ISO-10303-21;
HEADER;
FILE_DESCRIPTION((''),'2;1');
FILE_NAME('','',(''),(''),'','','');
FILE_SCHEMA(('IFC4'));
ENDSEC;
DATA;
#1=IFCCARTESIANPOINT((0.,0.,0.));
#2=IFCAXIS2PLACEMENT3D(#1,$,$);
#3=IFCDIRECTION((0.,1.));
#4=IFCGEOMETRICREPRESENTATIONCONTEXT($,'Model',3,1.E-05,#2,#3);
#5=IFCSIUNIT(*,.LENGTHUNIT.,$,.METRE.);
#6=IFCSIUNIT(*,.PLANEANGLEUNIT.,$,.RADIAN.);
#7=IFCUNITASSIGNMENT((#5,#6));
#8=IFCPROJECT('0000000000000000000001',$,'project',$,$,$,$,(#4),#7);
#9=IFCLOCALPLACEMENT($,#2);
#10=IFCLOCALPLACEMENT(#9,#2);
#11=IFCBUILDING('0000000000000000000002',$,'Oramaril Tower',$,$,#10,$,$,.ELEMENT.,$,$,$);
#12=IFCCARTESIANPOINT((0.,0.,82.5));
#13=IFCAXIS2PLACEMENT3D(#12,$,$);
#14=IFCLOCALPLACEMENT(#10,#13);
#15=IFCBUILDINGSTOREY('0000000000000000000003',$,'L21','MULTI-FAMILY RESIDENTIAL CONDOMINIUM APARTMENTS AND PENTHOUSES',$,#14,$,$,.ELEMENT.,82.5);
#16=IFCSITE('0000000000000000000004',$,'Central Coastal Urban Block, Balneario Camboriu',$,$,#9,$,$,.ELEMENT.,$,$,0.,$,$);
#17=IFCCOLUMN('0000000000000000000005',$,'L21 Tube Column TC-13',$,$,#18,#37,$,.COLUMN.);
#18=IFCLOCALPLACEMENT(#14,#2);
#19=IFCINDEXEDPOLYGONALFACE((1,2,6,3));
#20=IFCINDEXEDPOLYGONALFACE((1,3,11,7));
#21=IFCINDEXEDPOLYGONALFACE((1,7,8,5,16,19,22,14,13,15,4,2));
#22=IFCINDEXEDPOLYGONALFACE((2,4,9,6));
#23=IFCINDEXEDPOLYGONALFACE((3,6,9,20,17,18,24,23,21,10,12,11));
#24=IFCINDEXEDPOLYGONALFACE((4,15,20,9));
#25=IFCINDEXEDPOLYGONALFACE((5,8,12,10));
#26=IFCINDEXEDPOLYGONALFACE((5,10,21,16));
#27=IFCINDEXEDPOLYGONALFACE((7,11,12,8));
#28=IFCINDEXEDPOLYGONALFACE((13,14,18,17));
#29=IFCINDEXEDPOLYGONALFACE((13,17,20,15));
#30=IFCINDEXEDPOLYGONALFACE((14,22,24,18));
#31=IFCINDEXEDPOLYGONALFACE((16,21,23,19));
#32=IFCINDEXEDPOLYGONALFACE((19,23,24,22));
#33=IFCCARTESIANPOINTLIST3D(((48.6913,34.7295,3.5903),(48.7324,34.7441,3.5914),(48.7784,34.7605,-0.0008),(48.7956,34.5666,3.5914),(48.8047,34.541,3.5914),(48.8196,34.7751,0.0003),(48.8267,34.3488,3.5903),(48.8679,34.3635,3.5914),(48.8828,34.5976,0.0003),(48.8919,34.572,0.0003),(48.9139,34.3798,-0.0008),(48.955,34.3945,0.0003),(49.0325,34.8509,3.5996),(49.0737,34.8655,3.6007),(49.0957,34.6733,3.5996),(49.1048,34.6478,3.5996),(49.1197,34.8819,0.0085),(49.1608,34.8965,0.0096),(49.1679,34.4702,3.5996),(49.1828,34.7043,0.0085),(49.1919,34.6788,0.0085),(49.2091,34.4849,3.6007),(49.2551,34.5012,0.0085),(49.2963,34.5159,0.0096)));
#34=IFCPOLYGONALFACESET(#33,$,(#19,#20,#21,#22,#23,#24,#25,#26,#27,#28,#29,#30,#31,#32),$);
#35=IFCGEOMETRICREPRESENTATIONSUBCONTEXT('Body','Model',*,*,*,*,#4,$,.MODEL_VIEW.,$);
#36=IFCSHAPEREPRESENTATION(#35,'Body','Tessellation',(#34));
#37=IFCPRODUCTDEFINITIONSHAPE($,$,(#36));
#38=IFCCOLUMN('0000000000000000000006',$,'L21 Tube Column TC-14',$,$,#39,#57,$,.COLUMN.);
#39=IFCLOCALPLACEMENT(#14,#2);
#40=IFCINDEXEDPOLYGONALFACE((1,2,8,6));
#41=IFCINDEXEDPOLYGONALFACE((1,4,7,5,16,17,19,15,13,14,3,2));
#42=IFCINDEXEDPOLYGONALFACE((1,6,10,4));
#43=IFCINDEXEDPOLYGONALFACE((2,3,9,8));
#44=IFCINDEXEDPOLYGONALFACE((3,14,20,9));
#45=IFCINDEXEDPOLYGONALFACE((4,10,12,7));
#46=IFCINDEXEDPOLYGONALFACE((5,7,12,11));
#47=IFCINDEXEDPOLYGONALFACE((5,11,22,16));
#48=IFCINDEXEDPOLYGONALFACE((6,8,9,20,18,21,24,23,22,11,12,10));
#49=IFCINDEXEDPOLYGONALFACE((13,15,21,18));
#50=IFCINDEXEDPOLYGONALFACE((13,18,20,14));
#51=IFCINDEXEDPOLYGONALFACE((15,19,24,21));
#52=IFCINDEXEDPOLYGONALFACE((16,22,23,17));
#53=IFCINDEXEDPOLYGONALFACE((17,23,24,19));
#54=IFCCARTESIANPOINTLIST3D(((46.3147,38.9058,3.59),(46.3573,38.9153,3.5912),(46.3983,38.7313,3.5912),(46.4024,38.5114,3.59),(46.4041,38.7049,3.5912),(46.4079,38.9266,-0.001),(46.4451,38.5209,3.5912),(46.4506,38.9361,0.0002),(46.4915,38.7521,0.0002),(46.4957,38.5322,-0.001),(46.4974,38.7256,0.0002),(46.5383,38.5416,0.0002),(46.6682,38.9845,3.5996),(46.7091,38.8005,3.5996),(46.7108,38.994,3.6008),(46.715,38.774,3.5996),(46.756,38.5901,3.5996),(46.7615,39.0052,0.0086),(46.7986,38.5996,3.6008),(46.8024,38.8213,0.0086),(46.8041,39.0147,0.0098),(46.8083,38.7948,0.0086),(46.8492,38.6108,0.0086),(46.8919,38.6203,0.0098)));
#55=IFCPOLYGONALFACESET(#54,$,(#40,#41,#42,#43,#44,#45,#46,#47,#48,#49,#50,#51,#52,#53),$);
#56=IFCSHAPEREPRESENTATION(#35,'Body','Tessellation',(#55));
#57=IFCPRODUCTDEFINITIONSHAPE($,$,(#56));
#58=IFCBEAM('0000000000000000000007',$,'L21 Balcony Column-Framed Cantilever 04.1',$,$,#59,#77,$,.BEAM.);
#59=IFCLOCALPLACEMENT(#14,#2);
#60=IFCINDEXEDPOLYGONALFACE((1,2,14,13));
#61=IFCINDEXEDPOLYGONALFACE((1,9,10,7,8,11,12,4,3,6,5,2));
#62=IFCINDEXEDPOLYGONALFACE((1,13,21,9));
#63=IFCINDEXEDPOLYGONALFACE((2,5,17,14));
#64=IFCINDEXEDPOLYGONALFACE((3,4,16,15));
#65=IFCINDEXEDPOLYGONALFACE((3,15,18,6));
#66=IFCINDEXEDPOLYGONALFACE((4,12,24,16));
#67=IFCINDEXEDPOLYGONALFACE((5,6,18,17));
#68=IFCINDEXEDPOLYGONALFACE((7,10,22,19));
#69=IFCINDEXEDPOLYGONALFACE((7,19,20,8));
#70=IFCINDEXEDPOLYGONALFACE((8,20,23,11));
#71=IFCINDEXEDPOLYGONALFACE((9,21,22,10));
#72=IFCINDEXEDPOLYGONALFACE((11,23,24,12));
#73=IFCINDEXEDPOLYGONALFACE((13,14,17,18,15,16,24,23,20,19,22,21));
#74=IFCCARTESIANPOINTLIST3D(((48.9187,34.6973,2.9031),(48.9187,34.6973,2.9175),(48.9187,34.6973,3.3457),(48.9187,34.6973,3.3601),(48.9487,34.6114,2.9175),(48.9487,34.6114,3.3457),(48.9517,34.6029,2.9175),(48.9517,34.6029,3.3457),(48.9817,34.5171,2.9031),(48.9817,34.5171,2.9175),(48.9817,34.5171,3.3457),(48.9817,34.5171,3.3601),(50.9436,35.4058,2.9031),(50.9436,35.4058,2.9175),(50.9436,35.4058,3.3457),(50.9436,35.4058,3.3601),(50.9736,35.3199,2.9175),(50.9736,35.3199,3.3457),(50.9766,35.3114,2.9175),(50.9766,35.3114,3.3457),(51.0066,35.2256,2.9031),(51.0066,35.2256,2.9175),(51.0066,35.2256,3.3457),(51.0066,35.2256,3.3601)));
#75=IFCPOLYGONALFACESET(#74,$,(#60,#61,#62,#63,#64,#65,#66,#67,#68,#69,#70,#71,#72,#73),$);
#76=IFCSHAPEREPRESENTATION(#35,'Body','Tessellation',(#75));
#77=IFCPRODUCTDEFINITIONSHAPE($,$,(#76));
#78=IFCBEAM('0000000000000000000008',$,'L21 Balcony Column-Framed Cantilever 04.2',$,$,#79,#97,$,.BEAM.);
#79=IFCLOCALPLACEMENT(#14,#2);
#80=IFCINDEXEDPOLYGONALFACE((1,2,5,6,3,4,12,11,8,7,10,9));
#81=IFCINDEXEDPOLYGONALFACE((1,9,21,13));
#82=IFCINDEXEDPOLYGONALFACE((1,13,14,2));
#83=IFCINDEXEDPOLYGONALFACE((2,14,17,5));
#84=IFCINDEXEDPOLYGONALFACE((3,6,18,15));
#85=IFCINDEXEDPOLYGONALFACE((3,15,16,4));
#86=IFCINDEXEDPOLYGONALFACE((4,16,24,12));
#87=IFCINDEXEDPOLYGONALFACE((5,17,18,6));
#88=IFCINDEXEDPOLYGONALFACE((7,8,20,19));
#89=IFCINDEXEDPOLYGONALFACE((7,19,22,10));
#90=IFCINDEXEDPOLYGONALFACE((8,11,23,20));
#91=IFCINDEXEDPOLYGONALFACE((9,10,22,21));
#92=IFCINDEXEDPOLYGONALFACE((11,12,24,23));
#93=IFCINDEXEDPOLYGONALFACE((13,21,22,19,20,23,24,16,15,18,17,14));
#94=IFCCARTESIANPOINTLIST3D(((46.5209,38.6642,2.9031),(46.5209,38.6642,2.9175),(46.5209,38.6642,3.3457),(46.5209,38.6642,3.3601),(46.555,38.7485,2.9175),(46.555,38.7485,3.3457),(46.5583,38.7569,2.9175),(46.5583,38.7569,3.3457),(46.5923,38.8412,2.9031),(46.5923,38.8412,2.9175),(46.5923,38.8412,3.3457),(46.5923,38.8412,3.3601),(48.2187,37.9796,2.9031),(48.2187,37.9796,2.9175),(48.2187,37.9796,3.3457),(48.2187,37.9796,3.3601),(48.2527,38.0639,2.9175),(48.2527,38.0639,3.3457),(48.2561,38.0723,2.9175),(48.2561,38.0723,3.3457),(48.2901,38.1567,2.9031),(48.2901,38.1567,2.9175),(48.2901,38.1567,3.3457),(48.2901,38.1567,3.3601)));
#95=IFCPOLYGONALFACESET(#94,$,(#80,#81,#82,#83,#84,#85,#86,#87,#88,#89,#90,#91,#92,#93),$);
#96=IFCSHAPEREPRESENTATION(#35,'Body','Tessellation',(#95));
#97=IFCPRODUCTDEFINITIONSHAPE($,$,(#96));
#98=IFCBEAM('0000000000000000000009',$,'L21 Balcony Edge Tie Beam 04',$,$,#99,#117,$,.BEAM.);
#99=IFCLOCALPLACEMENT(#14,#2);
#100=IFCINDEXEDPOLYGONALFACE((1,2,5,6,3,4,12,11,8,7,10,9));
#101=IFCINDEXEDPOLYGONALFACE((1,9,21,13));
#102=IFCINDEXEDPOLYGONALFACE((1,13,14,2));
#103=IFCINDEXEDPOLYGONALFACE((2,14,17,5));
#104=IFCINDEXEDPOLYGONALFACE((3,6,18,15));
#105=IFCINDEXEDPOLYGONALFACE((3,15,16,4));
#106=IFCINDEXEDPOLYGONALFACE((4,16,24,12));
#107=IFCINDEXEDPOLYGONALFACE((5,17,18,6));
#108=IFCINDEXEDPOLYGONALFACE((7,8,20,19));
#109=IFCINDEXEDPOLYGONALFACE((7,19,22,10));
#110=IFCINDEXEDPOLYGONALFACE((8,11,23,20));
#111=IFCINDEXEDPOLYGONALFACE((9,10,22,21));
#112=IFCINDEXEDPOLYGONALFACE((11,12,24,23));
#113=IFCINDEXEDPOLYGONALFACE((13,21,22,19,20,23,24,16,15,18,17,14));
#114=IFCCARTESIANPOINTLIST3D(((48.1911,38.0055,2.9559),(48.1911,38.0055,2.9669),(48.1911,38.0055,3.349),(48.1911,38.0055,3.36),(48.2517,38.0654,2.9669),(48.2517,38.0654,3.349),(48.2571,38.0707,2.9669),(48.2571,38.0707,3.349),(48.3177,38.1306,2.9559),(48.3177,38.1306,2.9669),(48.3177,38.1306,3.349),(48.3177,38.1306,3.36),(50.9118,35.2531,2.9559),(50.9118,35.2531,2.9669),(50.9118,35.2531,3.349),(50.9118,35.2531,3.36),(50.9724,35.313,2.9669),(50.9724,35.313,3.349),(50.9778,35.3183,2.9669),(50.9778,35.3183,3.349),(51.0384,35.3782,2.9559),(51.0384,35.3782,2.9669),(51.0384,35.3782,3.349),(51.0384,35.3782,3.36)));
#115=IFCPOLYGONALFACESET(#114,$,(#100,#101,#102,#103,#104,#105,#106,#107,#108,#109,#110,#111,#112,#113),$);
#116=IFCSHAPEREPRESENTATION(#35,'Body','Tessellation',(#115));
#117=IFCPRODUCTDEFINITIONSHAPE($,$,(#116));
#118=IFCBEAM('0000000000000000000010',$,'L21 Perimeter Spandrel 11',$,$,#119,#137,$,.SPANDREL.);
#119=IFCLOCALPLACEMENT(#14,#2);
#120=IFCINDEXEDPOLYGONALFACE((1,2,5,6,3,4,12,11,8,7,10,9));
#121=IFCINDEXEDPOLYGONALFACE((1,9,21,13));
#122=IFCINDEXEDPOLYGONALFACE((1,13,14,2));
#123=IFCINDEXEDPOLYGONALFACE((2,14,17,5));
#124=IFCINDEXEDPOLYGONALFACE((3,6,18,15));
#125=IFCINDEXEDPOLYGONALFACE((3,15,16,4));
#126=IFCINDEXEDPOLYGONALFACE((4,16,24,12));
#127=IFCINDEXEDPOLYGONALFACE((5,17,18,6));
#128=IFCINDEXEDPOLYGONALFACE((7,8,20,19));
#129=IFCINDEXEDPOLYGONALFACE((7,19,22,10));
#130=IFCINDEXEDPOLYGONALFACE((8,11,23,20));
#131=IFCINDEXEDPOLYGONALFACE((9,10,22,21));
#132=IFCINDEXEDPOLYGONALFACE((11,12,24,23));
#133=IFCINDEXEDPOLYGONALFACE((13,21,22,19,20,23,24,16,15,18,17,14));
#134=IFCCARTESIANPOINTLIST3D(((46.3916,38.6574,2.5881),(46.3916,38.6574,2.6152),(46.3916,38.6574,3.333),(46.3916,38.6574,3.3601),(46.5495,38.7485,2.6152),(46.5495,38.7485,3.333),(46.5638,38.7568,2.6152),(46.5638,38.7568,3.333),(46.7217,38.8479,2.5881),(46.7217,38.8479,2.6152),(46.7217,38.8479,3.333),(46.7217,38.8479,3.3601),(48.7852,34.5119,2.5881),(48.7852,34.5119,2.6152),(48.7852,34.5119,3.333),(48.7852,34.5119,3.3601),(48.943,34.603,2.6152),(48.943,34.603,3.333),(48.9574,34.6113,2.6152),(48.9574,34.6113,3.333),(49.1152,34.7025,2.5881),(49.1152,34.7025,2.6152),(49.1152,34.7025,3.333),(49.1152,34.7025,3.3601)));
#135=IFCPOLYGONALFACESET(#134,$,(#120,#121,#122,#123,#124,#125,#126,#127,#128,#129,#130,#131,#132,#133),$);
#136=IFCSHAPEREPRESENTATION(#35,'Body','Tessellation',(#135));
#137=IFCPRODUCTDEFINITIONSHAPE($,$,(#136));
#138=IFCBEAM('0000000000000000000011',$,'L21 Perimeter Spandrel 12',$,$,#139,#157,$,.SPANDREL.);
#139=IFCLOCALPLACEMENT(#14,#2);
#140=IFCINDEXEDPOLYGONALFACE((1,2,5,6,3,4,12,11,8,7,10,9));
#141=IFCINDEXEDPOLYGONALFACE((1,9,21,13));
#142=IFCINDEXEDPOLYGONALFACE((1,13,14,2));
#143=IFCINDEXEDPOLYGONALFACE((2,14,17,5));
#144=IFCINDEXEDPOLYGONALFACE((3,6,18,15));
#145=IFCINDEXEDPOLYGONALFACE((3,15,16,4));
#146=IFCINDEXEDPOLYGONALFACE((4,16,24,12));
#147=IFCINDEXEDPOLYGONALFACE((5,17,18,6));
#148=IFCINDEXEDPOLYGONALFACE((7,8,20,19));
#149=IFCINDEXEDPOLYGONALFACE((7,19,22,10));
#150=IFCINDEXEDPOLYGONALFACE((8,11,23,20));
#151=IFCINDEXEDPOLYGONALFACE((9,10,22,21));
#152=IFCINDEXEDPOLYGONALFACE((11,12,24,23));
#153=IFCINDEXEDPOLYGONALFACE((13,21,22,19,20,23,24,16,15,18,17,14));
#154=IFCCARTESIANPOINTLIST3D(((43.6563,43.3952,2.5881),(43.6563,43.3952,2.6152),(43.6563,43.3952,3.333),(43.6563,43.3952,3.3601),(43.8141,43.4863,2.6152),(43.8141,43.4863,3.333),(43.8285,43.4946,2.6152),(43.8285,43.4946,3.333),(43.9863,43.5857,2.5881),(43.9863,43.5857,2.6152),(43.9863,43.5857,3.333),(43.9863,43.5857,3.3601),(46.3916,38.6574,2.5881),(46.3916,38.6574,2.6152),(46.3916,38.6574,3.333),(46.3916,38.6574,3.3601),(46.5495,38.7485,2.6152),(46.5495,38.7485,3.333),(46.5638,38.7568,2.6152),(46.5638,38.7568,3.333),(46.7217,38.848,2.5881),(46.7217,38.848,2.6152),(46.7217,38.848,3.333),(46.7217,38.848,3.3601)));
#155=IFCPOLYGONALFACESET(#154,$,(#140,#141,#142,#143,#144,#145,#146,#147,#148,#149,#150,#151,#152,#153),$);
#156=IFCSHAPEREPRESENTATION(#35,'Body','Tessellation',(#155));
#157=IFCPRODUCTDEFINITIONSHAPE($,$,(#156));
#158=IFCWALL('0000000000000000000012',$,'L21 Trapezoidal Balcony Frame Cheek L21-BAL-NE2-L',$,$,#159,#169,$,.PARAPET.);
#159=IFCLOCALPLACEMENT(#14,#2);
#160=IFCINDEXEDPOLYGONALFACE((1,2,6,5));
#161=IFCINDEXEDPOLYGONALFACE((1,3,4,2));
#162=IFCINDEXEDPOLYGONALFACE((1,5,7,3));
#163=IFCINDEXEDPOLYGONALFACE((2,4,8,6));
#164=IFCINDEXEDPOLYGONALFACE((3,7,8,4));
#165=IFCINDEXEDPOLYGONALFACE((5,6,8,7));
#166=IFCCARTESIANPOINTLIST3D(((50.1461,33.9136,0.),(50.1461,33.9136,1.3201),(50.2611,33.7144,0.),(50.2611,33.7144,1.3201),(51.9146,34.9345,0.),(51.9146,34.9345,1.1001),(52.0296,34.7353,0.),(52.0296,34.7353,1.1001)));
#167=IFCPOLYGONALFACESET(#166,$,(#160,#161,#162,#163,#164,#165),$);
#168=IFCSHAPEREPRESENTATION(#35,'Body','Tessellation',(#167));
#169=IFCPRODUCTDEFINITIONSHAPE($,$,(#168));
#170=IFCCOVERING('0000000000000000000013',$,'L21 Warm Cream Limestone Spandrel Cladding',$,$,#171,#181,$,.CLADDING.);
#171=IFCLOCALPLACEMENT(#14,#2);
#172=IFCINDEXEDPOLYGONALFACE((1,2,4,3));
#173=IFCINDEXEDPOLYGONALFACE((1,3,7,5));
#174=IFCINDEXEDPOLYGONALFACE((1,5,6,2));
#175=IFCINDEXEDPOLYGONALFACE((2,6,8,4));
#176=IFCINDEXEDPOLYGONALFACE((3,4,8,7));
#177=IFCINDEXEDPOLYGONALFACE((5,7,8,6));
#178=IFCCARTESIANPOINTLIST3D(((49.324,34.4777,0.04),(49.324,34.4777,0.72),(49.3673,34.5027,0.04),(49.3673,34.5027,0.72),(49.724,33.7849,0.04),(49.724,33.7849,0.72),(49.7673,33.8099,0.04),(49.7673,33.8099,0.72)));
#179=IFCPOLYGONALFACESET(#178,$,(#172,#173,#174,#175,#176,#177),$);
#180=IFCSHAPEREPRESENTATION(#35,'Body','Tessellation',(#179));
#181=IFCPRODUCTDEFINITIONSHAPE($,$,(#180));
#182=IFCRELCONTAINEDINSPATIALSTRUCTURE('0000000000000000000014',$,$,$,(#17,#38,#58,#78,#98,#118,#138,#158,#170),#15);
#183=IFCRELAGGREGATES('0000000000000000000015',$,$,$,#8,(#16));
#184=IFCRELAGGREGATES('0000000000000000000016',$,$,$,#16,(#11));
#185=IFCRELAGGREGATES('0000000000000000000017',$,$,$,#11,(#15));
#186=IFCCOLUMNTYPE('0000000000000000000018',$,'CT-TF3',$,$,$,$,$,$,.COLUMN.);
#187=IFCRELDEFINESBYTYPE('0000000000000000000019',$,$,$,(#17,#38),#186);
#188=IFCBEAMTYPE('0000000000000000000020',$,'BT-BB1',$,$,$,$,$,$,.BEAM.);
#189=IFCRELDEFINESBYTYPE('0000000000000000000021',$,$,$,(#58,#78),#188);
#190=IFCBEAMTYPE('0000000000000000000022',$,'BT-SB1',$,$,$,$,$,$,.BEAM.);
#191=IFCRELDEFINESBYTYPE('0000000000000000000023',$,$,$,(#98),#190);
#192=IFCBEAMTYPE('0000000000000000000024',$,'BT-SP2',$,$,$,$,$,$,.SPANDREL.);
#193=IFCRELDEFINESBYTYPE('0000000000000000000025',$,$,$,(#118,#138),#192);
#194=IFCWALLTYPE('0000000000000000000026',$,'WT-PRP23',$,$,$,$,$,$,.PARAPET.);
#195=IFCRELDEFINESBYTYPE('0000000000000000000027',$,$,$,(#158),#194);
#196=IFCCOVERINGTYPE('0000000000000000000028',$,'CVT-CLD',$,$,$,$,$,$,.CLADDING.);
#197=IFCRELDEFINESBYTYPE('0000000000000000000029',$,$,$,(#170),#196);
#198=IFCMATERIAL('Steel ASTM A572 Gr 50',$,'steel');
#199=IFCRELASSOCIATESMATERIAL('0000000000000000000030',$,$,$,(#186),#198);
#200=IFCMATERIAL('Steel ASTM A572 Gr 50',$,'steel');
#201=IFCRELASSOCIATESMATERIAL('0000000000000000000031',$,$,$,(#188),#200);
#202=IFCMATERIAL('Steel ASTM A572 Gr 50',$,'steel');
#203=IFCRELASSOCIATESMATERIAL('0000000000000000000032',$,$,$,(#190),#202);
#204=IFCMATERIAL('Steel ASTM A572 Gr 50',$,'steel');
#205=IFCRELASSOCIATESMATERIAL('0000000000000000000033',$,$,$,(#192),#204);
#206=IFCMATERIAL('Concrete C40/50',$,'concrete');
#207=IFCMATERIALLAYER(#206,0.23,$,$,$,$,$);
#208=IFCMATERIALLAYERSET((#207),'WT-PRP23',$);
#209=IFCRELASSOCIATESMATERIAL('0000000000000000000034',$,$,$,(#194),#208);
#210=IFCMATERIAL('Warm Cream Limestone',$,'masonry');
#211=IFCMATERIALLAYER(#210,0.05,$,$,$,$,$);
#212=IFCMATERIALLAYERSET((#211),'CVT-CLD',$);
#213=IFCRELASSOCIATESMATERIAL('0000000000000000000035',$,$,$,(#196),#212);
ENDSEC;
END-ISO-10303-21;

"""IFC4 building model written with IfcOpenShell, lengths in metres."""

from ifc_helpers import new_model, si_unit, direction, frame, origin, origin_2d, place, context, subcontext, project, spatial, polyline, rectangle, i_section, outline, extrude, material, layer, layer_set, material_profile, profile_set, type_object, element, save


model = new_model("IFC4")

# Units and contexts
model_context = context("Model", 3, precision=1e-05, world=origin(), true_north=direction((0.0, 1.0)))
body_context = subcontext(model_context, "Body", "Model", "MODEL_VIEW")
ifc_project = project(units=[si_unit("LENGTHUNIT", "METRE"), si_unit("PLANEANGLEUNIT", "RADIAN")], contexts=[model_context])

# Site, building, storey
site_placement = place(None, origin())
site = spatial("IfcSite", under=ifc_project, at=site_placement, Name="Central Coastal Urban Block, Balneario Camboriu", CompositionType="ELEMENT", RefElevation=0.0)
building_placement = place(site_placement, origin())
building = spatial("IfcBuilding", under=site, at=building_placement, Name="Oramaril Tower", CompositionType="ELEMENT")
storey_placement = place(building_placement, frame((0.0, 0.0, 82.5)))
storey = spatial("IfcBuildingStorey", under=building, at=storey_placement, Name="L21", Description="MULTI-FAMILY RESIDENTIAL CONDOMINIUM APARTMENTS AND PENTHOUSES", CompositionType="ELEMENT", Elevation=82.5)

# Columns
ifc_material_1 = material(Name="Steel ASTM A572 Gr 50", Category="steel")
ifc_material_profile_1 = material_profile(ifc_material_1, i_section(OverallWidth=0.4041, OverallDepth=0.406, WebThickness=0.0271, FlangeThickness=0.0437, at=origin_2d()), Name="W14X233")
ifc_profile_set_1 = profile_set([ifc_material_profile_1], Name="Steel ASTM A572 Gr 50")
column_type = type_object("IfcColumnType", Name="CT-TF3", PredefinedType="COLUMN", material=ifc_profile_set_1)
for number, where, z_axis, x_axis, name in (
    (1, (49.0374, 34.6382, 0.0044), (-0.024263, -0.008631, 0.999668), (0.335166, -0.942159, 0.0), "L21 Tube Column TC-13"),
    (2, (46.6499, 38.7734, 0.0044), (-0.025961, -0.005777, 0.999646), (0.217201, -0.976127, 0.0), "L21 Tube Column TC-14"),
):
    element("IfcColumn", number, at=place(storey_placement, frame(where, z_axis=z_axis, x_axis=x_axis)), inside=storey, type_object=column_type, Name=name, PredefinedType="COLUMN", context=body_context, shape_type="SweptSolid", body=[
        extrude(i_section(OverallWidth=0.4041, OverallDepth=0.406, WebThickness=0.0271, FlangeThickness=0.0437, at=origin_2d()), origin(), (0.0, 0.0, 1.0), 3.5923),
    ])

# Beams
ifc_material_2 = material(Name="Steel ASTM A572 Gr 50", Category="steel")
ifc_material_profile_2 = material_profile(ifc_material_2, i_section(OverallWidth=0.1909, OverallDepth=0.457, WebThickness=0.009, FlangeThickness=0.0144, at=origin_2d()), Name="W18X50")
ifc_profile_set_2 = profile_set([ifc_material_profile_2], Name="Steel ASTM A572 Gr 50")
beam_type_1 = type_object("IfcBeamType", Name="BT-BB1", PredefinedType="BEAM", material=ifc_profile_set_2)
beam_1_placement = place(storey_placement, frame((48.9502, 34.6072, 3.1316), z_axis=(0.94389, 0.330259, 0.0), x_axis=(-0.330259, 0.94389, 0.0)))
element("IfcBeam", 3, at=beam_1_placement, inside=storey, type_object=beam_type_1, Name="L21 Balcony Column-Framed Cantilever 04.1", PredefinedType="BEAM", context=body_context, shape_type="SweptSolid", body=[
    extrude(i_section(OverallWidth=0.1909, OverallDepth=0.457, WebThickness=0.009, FlangeThickness=0.0144, at=origin_2d()), origin(), (0.0, 0.0, 1.0), 2.1453),
])
beam_2_placement = place(storey_placement, frame((46.5566, 38.7527, 3.1316), z_axis=(0.927443, -0.373965, 0.0), x_axis=(0.373965, 0.927443, 0.0)))
element("IfcBeam", 4, at=beam_2_placement, inside=storey, type_object=beam_type_1, Name="L21 Balcony Column-Framed Cantilever 04.2", PredefinedType="BEAM", context=body_context, shape_type="SweptSolid", body=[
    extrude(i_section(OverallWidth=0.1909, OverallDepth=0.457, WebThickness=0.009, FlangeThickness=0.0144, at=origin_2d()), origin(), (0.0, 0.0, 1.0), 1.8306),
])
ifc_material_3 = material(Name="Steel ASTM A572 Gr 50", Category="steel")
ifc_material_profile_3 = material_profile(ifc_material_3, i_section(OverallWidth=0.178, OverallDepth=0.4041, WebThickness=0.0076, FlangeThickness=0.011, at=origin_2d()), Name="W16X36")
ifc_profile_set_3 = profile_set([ifc_material_profile_3], Name="Steel ASTM A572 Gr 50")
beam_type_2 = type_object("IfcBeamType", Name="BT-SB1", PredefinedType="BEAM", material=ifc_profile_set_3)
beam_3_placement = place(storey_placement, frame((50.9751, 35.3157, 3.158), z_axis=(-0.702995, 0.711195, 0.0), x_axis=(-0.711195, -0.702995, 0.0)))
element("IfcBeam", 5, at=beam_3_placement, inside=storey, type_object=beam_type_2, Name="L21 Balcony Edge Tie Beam 04", PredefinedType="BEAM", context=body_context, shape_type="SweptSolid", body=[
    extrude(i_section(OverallWidth=0.178, OverallDepth=0.4041, WebThickness=0.0076, FlangeThickness=0.011, at=origin_2d()), origin(), (0.0, 0.0, 1.0), 3.8701),
])
ifc_material_4 = material(Name="Steel ASTM A572 Gr 50", Category="steel")
ifc_material_profile_4 = material_profile(ifc_material_4, i_section(OverallWidth=0.3811, OverallDepth=0.772, WebThickness=0.0166, FlangeThickness=0.0271, at=origin_2d()), Name="W30X173")
ifc_profile_set_4 = profile_set([ifc_material_profile_4], Name="Steel ASTM A572 Gr 50")
beam_type_3 = type_object("IfcBeamType", Name="BT-SP2", PredefinedType="SPANDREL", material=ifc_profile_set_4)
beam_4_placement = place(storey_placement, frame((48.9502, 34.6072, 2.9741), z_axis=(-0.500023, 0.866012, 0.0), x_axis=(-0.866012, -0.500023, 0.0)))
element("IfcBeam", 6, at=beam_4_placement, inside=storey, type_object=beam_type_3, Name="L21 Perimeter Spandrel 11", PredefinedType="SPANDREL", context=body_context, shape_type="SweptSolid", body=[
    extrude(i_section(OverallWidth=0.3811, OverallDepth=0.772, WebThickness=0.0166, FlangeThickness=0.0271, at=origin_2d()), origin(), (0.0, 0.0, 1.0), 4.7869),
])
beam_5_placement = place(storey_placement, frame((46.5566, 38.7527, 2.9741), z_axis=(-0.499998, 0.866027, 0.0), x_axis=(-0.866027, -0.499998, 0.0)))
element("IfcBeam", 7, at=beam_5_placement, inside=storey, type_object=beam_type_3, Name="L21 Perimeter Spandrel 12", PredefinedType="SPANDREL", context=body_context, shape_type="SweptSolid", body=[
    extrude(i_section(OverallWidth=0.3811, OverallDepth=0.772, WebThickness=0.0166, FlangeThickness=0.0271, at=origin_2d()), origin(), (0.0, 0.0, 1.0), 5.4707),
])

# Wall
ifc_material_5 = material(Name="Concrete C40/50", Category="concrete")
ifc_layer_1 = layer(ifc_material_5, 0.23)
ifc_layer_set_1 = layer_set([ifc_layer_1], Name="WT-PRP23")
wall_type = type_object("IfcWallType", Name="WT-PRP23", PredefinedType="PARAPET", material=ifc_layer_set_1)
wall_placement = place(storey_placement, frame((50.2036, 33.814, 0.0), z_axis=(0.0, 0.0, 1.0), x_axis=(0.866042, 0.499971, 0.0)))
element("IfcWall", 8, at=wall_placement, inside=storey, type_object=wall_type, Name="L21 Trapezoidal Balcony Frame Cheek L21-BAL-NE2-L", PredefinedType="PARAPET", context=body_context, shape_type="SweptSolid", body=[
    extrude(outline(polyline([(0.0, 0.0), (2.042, 0.0), (2.042, 1.1001), (0.0, 1.3201), (0.0, 0.0)])), frame((0.0, 0.115, 0.0), z_axis=(0.0, -1.0, 0.0), x_axis=(1.0, 0.0, 0.0)), (0.0, 0.0, 1.0), 0.23),
])

# Covering
ifc_material_6 = material(Name="Warm Cream Limestone", Category="masonry")
ifc_layer_2 = layer(ifc_material_6, 0.05)
ifc_layer_set_2 = layer_set([ifc_layer_2], Name="CVT-CLD")
covering_type = type_object("IfcCoveringType", Name="CVT-CLD", PredefinedType="CLADDING", material=ifc_layer_set_2)
covering_placement = place(storey_placement, frame((49.5457, 34.1438, 0.04), z_axis=(0.0, 0.0, 1.0), x_axis=(-0.5, 0.866025, 0.0)))
element("IfcCovering", 9, at=covering_placement, inside=storey, type_object=covering_type, Name="L21 Warm Cream Limestone Spandrel Cladding", PredefinedType="CLADDING", context=body_context, shape_type="SweptSolid", body=[
    extrude(rectangle(XDim=0.8, YDim=0.05, at=origin_2d()), origin(), (0.0, 0.0, 1.0), 0.6799),
])

save(model, "model.ifc")
